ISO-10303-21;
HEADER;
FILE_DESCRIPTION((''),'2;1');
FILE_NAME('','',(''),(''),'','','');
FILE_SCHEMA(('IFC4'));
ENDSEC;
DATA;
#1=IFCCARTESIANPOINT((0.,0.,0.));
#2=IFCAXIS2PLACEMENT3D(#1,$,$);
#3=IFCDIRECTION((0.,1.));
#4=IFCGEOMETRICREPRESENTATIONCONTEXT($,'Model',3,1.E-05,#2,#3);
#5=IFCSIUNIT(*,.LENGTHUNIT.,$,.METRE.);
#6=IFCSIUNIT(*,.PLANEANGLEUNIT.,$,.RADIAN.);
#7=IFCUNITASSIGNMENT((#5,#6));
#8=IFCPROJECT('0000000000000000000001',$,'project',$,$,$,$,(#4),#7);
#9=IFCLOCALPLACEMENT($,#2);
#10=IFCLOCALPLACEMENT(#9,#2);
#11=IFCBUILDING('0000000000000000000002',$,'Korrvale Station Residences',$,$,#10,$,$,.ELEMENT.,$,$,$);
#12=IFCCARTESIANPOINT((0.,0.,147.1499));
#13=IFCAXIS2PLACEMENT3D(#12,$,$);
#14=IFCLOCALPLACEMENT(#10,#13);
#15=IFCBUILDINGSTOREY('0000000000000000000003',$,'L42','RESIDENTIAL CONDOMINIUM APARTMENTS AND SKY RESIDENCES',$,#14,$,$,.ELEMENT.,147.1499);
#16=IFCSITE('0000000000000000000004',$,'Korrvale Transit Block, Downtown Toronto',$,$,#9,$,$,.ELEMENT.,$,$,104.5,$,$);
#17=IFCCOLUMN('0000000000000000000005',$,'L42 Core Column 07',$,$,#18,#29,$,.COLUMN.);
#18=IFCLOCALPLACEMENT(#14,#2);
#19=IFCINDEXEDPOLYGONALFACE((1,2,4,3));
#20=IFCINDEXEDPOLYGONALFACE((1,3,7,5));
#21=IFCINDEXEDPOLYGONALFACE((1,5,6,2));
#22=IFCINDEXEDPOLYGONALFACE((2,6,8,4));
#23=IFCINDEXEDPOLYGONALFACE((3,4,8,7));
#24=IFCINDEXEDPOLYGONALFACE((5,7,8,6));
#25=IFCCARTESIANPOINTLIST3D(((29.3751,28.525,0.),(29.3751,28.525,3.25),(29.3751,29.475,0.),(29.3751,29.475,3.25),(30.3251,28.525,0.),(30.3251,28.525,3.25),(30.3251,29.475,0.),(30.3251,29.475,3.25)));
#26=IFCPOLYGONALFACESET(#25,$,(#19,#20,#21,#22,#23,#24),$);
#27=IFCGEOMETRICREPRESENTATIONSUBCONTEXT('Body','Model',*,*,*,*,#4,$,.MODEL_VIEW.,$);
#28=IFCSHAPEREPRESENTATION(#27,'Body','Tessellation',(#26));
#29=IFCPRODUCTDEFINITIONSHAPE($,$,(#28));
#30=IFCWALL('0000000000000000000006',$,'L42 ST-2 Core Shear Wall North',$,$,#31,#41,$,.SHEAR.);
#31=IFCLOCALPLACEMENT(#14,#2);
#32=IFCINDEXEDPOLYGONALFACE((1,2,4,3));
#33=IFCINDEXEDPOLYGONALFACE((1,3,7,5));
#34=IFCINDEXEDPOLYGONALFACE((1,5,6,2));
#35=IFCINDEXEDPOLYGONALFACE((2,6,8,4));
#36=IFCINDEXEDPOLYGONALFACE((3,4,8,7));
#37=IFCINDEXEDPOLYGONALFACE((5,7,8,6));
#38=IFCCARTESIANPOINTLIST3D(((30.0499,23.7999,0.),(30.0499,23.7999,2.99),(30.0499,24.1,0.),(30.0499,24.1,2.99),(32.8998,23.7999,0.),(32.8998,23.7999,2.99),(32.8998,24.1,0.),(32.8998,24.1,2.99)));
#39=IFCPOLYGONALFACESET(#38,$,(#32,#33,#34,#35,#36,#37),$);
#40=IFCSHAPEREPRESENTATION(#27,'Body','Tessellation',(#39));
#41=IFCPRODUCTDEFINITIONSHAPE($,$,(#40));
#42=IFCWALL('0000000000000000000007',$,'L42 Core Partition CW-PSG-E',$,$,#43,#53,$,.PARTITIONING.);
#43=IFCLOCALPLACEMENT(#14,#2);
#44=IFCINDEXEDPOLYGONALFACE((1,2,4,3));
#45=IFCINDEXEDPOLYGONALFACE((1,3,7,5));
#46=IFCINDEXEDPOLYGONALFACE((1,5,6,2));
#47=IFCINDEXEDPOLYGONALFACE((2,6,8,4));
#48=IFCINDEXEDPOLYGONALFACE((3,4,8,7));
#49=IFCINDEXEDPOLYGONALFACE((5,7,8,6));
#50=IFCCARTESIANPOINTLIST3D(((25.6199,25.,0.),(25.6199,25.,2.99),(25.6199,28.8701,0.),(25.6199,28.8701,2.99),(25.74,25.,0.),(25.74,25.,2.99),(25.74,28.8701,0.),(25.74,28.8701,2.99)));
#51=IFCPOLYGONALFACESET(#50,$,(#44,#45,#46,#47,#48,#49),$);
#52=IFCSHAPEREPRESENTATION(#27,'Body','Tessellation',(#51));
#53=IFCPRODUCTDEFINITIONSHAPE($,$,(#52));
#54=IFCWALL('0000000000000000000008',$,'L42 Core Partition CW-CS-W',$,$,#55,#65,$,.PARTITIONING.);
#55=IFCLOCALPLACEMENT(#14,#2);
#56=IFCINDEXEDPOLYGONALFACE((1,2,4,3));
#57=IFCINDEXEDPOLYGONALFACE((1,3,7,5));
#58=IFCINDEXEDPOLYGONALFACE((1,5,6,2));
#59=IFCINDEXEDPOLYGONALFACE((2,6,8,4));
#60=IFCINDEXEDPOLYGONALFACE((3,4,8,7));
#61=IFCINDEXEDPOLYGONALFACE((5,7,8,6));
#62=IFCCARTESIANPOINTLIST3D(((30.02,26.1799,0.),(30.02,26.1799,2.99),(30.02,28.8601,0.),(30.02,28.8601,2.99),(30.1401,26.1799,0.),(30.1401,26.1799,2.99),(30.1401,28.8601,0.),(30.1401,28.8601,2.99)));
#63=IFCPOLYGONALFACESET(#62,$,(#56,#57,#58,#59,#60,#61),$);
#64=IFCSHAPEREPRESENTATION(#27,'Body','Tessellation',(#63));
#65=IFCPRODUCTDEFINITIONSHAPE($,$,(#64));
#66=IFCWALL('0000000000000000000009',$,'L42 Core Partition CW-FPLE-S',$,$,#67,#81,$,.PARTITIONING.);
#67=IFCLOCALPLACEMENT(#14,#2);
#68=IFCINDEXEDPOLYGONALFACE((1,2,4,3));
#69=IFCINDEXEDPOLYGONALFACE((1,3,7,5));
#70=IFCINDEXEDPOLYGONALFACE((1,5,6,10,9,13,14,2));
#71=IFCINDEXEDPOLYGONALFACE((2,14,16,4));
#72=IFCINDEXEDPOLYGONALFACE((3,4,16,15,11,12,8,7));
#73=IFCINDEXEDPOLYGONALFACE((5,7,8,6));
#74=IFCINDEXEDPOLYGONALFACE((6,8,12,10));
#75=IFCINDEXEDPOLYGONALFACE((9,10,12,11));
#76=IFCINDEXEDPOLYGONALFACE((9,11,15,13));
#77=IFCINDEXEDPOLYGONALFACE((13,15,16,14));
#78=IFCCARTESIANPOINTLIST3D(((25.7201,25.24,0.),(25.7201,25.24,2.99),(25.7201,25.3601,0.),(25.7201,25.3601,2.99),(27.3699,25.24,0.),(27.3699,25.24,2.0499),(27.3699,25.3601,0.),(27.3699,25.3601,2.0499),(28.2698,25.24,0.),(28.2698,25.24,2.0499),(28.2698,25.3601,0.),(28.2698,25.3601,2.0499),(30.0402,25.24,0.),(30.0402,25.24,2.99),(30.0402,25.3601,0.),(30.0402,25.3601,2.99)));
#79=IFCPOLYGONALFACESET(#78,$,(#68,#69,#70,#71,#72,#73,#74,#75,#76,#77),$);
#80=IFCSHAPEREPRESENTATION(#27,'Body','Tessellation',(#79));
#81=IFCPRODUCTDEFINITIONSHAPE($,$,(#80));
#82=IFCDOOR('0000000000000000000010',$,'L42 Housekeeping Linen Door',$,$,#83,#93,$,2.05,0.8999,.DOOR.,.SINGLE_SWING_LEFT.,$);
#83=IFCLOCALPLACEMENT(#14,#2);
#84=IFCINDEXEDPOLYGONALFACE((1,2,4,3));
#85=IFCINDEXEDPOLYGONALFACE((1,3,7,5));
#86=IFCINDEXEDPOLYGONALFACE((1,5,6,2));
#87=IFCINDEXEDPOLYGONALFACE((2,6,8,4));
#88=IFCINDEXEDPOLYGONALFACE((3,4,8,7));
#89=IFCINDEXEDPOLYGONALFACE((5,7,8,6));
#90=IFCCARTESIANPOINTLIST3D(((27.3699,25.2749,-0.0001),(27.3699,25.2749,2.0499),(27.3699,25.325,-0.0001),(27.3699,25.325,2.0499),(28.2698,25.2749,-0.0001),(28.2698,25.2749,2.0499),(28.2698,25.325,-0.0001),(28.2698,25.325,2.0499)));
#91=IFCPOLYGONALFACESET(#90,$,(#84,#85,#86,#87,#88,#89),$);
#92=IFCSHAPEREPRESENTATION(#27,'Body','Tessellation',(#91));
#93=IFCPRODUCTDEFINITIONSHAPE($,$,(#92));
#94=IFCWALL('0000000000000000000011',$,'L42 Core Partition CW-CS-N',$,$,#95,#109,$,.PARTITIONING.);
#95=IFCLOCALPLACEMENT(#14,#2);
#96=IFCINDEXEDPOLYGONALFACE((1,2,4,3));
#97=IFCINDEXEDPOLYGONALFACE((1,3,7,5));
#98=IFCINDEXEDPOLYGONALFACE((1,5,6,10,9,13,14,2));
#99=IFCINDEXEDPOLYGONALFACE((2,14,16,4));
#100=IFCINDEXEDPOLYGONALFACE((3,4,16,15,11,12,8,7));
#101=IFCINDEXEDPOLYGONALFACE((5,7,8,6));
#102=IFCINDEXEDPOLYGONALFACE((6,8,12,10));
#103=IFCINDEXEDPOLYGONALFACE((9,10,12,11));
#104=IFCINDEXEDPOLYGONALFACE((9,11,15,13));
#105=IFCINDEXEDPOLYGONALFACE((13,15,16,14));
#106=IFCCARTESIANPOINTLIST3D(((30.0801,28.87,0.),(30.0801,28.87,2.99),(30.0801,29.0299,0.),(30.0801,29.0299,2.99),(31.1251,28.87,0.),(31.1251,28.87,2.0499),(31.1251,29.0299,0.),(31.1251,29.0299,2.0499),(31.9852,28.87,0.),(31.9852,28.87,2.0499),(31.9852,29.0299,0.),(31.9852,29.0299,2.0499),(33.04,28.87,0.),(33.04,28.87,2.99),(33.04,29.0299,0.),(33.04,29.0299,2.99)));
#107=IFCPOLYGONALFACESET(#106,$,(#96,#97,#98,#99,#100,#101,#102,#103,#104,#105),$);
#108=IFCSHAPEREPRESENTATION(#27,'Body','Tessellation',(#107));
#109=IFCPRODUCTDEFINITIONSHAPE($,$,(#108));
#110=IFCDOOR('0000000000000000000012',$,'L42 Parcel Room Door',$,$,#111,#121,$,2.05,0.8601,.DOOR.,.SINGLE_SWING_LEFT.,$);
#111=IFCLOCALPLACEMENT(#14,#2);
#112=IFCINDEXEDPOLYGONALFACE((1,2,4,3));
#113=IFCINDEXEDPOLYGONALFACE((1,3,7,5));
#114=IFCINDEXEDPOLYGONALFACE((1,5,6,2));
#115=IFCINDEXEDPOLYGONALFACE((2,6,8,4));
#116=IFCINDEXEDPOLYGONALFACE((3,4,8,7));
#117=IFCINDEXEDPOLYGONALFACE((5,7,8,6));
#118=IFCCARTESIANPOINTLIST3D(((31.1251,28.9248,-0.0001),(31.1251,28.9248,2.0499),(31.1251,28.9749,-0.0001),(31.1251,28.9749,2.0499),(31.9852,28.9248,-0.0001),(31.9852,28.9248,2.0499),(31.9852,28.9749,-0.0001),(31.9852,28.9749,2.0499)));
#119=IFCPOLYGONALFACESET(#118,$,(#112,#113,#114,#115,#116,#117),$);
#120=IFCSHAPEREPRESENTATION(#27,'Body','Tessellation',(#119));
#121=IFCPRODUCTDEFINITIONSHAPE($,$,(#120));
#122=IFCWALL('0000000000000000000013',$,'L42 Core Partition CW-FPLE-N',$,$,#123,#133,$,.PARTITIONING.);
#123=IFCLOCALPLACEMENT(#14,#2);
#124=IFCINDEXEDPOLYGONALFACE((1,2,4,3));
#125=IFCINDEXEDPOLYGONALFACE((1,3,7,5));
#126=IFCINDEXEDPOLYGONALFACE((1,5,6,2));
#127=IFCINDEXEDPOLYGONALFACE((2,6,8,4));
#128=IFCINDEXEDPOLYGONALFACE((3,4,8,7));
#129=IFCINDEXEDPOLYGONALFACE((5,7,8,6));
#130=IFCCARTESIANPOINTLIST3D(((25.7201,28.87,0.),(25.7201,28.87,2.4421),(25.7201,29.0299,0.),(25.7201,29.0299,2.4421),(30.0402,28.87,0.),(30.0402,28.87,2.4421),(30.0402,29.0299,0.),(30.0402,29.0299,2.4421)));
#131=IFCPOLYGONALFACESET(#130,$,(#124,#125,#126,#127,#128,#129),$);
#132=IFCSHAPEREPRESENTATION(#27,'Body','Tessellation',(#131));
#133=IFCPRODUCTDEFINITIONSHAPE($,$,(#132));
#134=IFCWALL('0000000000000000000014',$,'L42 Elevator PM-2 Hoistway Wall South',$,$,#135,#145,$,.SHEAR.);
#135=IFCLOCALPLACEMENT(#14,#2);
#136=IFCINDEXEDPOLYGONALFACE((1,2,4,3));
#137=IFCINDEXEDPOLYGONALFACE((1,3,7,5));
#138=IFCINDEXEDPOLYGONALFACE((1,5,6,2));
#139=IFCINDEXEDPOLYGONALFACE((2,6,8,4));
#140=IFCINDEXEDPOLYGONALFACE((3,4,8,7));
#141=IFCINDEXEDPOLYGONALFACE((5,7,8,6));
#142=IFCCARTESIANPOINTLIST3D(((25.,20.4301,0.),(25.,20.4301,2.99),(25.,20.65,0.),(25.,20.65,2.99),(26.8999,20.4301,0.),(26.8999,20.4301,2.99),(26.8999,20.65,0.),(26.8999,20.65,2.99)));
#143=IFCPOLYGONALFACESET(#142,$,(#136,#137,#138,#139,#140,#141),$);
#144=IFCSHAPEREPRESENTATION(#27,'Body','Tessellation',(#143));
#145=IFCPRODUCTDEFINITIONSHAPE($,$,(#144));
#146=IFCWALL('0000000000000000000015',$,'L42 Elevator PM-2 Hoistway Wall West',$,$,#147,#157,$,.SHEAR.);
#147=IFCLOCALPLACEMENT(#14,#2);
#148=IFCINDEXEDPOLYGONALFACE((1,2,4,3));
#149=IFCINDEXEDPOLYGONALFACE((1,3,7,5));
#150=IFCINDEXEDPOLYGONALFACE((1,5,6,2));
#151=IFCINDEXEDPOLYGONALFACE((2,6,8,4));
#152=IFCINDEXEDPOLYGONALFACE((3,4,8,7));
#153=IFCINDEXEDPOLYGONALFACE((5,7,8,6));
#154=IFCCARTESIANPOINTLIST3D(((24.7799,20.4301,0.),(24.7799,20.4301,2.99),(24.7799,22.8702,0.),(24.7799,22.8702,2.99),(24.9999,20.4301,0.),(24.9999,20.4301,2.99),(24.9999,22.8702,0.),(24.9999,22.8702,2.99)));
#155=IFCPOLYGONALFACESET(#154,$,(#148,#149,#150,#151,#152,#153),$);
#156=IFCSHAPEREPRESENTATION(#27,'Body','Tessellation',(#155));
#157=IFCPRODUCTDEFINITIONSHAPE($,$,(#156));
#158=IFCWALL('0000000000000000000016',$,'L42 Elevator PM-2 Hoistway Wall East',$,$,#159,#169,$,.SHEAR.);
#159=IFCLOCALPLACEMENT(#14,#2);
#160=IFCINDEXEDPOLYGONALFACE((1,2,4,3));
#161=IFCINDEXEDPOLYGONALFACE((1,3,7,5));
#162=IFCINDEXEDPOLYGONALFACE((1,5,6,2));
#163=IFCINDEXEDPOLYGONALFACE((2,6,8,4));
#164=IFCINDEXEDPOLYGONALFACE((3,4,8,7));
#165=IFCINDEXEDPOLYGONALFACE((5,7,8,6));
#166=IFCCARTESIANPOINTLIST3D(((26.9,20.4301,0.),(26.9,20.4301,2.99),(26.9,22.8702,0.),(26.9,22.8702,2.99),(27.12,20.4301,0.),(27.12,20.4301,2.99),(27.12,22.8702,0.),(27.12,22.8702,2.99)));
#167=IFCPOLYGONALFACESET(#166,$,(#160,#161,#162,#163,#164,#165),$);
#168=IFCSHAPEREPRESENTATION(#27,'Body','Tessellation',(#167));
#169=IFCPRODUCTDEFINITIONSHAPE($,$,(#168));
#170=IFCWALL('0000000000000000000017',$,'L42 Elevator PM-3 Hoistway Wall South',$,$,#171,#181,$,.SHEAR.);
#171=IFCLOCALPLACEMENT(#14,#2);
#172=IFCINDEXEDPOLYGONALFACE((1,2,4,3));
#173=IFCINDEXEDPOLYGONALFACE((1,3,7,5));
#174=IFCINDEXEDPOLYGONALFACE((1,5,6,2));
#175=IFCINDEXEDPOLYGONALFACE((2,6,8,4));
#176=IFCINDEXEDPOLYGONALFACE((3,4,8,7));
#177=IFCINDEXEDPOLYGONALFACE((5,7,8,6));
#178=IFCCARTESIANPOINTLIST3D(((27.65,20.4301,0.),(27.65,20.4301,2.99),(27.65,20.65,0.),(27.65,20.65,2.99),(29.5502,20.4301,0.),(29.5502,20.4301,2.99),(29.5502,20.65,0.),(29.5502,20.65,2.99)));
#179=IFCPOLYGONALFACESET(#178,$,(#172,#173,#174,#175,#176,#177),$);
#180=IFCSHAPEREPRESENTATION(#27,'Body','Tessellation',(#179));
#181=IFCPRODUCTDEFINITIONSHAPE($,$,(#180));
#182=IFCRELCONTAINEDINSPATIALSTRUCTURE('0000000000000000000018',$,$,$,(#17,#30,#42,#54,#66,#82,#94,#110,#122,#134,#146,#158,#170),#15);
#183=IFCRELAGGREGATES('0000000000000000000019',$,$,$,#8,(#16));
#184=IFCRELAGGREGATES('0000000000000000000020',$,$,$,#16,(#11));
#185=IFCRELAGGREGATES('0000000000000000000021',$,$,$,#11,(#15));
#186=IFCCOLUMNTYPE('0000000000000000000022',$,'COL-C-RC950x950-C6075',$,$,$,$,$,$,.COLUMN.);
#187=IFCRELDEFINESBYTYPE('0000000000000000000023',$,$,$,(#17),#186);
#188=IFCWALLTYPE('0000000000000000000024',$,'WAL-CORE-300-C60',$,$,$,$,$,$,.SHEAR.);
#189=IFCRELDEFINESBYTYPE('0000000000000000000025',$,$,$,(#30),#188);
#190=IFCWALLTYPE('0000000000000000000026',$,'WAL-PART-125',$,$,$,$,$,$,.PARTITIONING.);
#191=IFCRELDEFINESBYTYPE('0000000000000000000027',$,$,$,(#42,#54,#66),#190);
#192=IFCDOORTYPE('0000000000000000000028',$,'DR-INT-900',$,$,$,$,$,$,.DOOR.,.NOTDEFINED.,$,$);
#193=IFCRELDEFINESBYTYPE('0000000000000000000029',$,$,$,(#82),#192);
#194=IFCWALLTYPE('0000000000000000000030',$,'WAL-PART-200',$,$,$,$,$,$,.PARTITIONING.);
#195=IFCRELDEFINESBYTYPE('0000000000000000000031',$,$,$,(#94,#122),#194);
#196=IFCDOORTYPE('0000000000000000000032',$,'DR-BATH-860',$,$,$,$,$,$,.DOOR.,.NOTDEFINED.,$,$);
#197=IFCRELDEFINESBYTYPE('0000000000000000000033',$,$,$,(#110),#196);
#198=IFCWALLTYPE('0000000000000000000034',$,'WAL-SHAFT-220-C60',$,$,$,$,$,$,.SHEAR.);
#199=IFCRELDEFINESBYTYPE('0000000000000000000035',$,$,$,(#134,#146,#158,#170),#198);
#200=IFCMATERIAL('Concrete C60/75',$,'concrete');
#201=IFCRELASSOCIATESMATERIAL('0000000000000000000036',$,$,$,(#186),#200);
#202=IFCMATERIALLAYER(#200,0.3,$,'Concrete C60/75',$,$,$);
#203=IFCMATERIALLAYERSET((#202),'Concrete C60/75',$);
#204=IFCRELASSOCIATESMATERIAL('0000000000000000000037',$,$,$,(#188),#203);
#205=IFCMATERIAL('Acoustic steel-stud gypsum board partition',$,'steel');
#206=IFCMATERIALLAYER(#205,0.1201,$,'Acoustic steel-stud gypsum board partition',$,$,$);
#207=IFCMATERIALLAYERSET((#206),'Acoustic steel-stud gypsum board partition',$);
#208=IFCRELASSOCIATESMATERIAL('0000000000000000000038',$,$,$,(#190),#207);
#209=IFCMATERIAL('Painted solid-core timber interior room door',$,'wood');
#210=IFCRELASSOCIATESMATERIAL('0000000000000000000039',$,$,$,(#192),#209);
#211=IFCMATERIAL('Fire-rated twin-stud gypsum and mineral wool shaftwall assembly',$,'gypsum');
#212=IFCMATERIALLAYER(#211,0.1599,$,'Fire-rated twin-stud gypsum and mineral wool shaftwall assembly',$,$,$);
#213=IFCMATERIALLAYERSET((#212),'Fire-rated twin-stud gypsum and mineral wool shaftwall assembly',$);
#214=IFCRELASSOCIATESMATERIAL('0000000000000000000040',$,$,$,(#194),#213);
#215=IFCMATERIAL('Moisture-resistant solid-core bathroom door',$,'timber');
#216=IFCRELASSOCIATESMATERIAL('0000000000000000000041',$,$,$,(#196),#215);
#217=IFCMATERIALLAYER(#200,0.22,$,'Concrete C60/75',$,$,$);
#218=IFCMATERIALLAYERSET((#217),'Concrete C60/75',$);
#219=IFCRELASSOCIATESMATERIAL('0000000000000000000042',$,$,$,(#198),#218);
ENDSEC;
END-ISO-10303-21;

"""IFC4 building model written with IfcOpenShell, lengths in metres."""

from ifc_helpers import new_model, si_unit, direction, frame, frame_2d, origin, origin_2d, place, context, subcontext, project, spatial, rectangle, extrude, material, layer, layer_set, material_profile, profile_set, type_object, element, fill, save


model = new_model("IFC4")

# Units and contexts
model_context = context("Model", 3, precision=1e-05, world=origin(), true_north=direction((0.0, 1.0)))
body_context = subcontext(model_context, "Body", "Model", "MODEL_VIEW")
ifc_project = project(units=[si_unit("LENGTHUNIT", "METRE"), si_unit("PLANEANGLEUNIT", "RADIAN")], contexts=[model_context])

# Site, building, storey
site_placement = place(None, origin())
site = spatial("IfcSite", under=ifc_project, at=site_placement, Name="Korrvale Transit Block, Downtown Toronto", CompositionType="ELEMENT", RefElevation=104.5)
building_placement = place(site_placement, origin())
building = spatial("IfcBuilding", under=site, at=building_placement, Name="Korrvale Station Residences", CompositionType="ELEMENT")
storey_placement = place(building_placement, frame((0.0, 0.0, 147.1499)))
storey = spatial("IfcBuildingStorey", under=building, at=storey_placement, Name="L42", Description="RESIDENTIAL CONDOMINIUM APARTMENTS AND SKY RESIDENCES", CompositionType="ELEMENT", Elevation=147.1499)

# Column
ifc_material_1 = material(Name="Concrete C60/75", Category="concrete")
ifc_material_profile = material_profile(ifc_material_1, rectangle(XDim=0.95, YDim=0.95, at=origin_2d()), Name="RC950x950")
ifc_profile_set = profile_set([ifc_material_profile], Name="Concrete C60/75")
column_type = type_object("IfcColumnType", Name="COL-C-RC950x950-C6075", PredefinedType="COLUMN", material=ifc_profile_set)
column_placement = place(storey_placement, frame((29.8501, 29.0, 0.0), z_axis=(0.0, 0.0, 1.0), x_axis=(1.0, 0.0, 0.0)))
element("IfcColumn", 1, at=column_placement, inside=storey, type_object=column_type, Name="L42 Core Column 07", PredefinedType="COLUMN", context=body_context, shape_type="SweptSolid", body=[
    extrude(rectangle(XDim=0.95, YDim=0.95, at=origin_2d()), origin(), (0.0, 0.0, 1.0), 3.25),
])

# Walls
ifc_layer_1 = layer(ifc_material_1, 0.3, Name="Concrete C60/75")
ifc_layer_set_1 = layer_set([ifc_layer_1], Name="Concrete C60/75")
wall_type_1 = type_object("IfcWallType", Name="WAL-CORE-300-C60", PredefinedType="SHEAR", material=ifc_layer_set_1)
wall_1_placement = place(storey_placement, frame((30.05, 23.95, 0.0), z_axis=(0.0, 0.0, 1.0), x_axis=(1.0, 0.0, 0.0)))
element("IfcWall", 2, at=wall_1_placement, inside=storey, type_object=wall_type_1, Name="L42 ST-2 Core Shear Wall North", PredefinedType="SHEAR", context=body_context, shape_type="SweptSolid", body=[
    extrude(rectangle(XDim=2.8499, YDim=0.3, at=frame_2d((1.4248, 0.0))), origin(), (0.0, 0.0, 1.0), 2.99),
])
ifc_material_2 = material(Name="Acoustic steel-stud gypsum board partition", Category="steel")
ifc_layer_2 = layer(ifc_material_2, 0.1201, Name="Acoustic steel-stud gypsum board partition")
ifc_layer_set_2 = layer_set([ifc_layer_2], Name="Acoustic steel-stud gypsum board partition")
wall_type_2 = type_object("IfcWallType", Name="WAL-PART-125", PredefinedType="PARTITIONING", material=ifc_layer_set_2)
wall_2_placement = place(storey_placement, frame((25.6799, 25.0, 0.0), z_axis=(0.0, 0.0, 1.0), x_axis=(0.0, 1.0, 0.0)))
element("IfcWall", 3, at=wall_2_placement, inside=storey, type_object=wall_type_2, Name="L42 Core Partition CW-PSG-E", PredefinedType="PARTITIONING", context=body_context, shape_type="SweptSolid", body=[
    extrude(rectangle(XDim=3.8701, YDim=0.1201, at=frame_2d((1.9351, 0.0))), origin(), (0.0, 0.0, 1.0), 2.99),
])
wall_3_placement = place(storey_placement, frame((30.0801, 26.1799, 0.0), z_axis=(0.0, 0.0, 1.0), x_axis=(0.0, 1.0, 0.0)))
element("IfcWall", 4, at=wall_3_placement, inside=storey, type_object=wall_type_2, Name="L42 Core Partition CW-CS-W", PredefinedType="PARTITIONING", context=body_context, shape_type="SweptSolid", body=[
    extrude(rectangle(XDim=2.6802, YDim=0.1201, at=frame_2d((1.3401, 0.0))), origin(), (0.0, 0.0, 1.0), 2.99),
])

# Walls, openings, doors
wall_4_placement = place(storey_placement, frame((25.72, 25.3, 0.0), z_axis=(0.0, 0.0, 1.0), x_axis=(1.0, 0.0, 0.0)))
wall_4 = element("IfcWall", 5, at=wall_4_placement, inside=storey, type_object=wall_type_2, Name="L42 Core Partition CW-FPLE-S", PredefinedType="PARTITIONING", context=body_context, shape_type="SweptSolid", body=[
    extrude(rectangle(XDim=4.3201, YDim=0.1201, at=frame_2d((2.1602, 0.0))), origin(), (0.0, 0.0, 1.0), 2.99),
])
opening_1_placement = place(wall_4_placement, frame((1.6499, 0.0, 0.0)))
opening_1 = element("IfcOpeningElement", 6, at=opening_1_placement, cuts=wall_4, PredefinedType="OPENING", context=body_context, shape_type="SweptSolid", body=[
    extrude(rectangle(XDim=0.8999, YDim=2.05, at=frame_2d((0.45, 1.0249))), frame((0.0, 0.0701, 0.0), z_axis=(0.0, -1.0, 0.0), x_axis=(1.0, 0.0, 0.0)), (0.0, 0.0, 1.0), 0.1401),
])
ifc_material_3 = material(Name="Painted solid-core timber interior room door", Category="wood")
door_type_1 = type_object("IfcDoorType", Name="DR-INT-900", OperationType="NOTDEFINED", PredefinedType="DOOR", material=ifc_material_3)
door_1_placement = place(opening_1_placement, origin())
door_1 = element("IfcDoor", 7, at=door_1_placement, inside=storey, type_object=door_type_1, Name="L42 Housekeeping Linen Door", OperationType="SINGLE_SWING_LEFT", OverallHeight=2.05, OverallWidth=0.8999, PredefinedType="DOOR", context=body_context, shape_type="SweptSolid", body=[
    extrude(rectangle(XDim=0.8999, YDim=2.05, at=frame_2d((0.45, 1.0249))), frame((0.0, 0.0249, 0.0), z_axis=(0.0, -1.0, 0.0), x_axis=(1.0, 0.0, 0.0)), (0.0, 0.0, 1.0), 0.05),
])
fill(opening_1, door_1)
ifc_material_4 = material(Name="Fire-rated twin-stud gypsum and mineral wool shaftwall assembly", Category="gypsum")
ifc_layer_3 = layer(ifc_material_4, 0.1599, Name="Fire-rated twin-stud gypsum and mineral wool shaftwall assembly")
ifc_layer_set_3 = layer_set([ifc_layer_3], Name="Fire-rated twin-stud gypsum and mineral wool shaftwall assembly")
wall_type_3 = type_object("IfcWallType", Name="WAL-PART-200", PredefinedType="PARTITIONING", material=ifc_layer_set_3)
wall_5_placement = place(storey_placement, frame((30.0801, 28.95, 0.0), z_axis=(0.0, 0.0, 1.0), x_axis=(1.0, 0.0, 0.0)))
wall_5 = element("IfcWall", 8, at=wall_5_placement, inside=storey, type_object=wall_type_3, Name="L42 Core Partition CW-CS-N", PredefinedType="PARTITIONING", context=body_context, shape_type="SweptSolid", body=[
    extrude(rectangle(XDim=2.96, YDim=0.1599, at=frame_2d((1.48, 0.0))), origin(), (0.0, 0.0, 1.0), 2.99),
])
opening_2_placement = place(wall_5_placement, frame((1.0449, 0.0, 0.0)))
opening_2 = element("IfcOpeningElement", 9, at=opening_2_placement, cuts=wall_5, PredefinedType="OPENING", context=body_context, shape_type="SweptSolid", body=[
    extrude(rectangle(XDim=0.8601, YDim=2.05, at=frame_2d((0.4302, 1.0249))), frame((0.0, 0.0898, 0.0), z_axis=(0.0, -1.0, 0.0), x_axis=(1.0, 0.0, 0.0)), (0.0, 0.0, 1.0), 0.1799),
])
ifc_material_5 = material(Name="Moisture-resistant solid-core bathroom door", Category="timber")
door_type_2 = type_object("IfcDoorType", Name="DR-BATH-860", OperationType="NOTDEFINED", PredefinedType="DOOR", material=ifc_material_5)
door_2_placement = place(opening_2_placement, origin())
door_2 = element("IfcDoor", 10, at=door_2_placement, inside=storey, type_object=door_type_2, Name="L42 Parcel Room Door", OperationType="SINGLE_SWING_LEFT", OverallHeight=2.05, OverallWidth=0.8601, PredefinedType="DOOR", context=body_context, shape_type="SweptSolid", body=[
    extrude(rectangle(XDim=0.8601, YDim=2.05, at=frame_2d((0.4302, 1.0249))), frame((0.0, 0.0249, 0.0), z_axis=(0.0, -1.0, 0.0), x_axis=(1.0, 0.0, 0.0)), (0.0, 0.0, 1.0), 0.05),
])
fill(opening_2, door_2)

# Walls
wall_6_placement = place(storey_placement, frame((25.72, 28.95, 0.0), z_axis=(0.0, 0.0, 1.0), x_axis=(1.0, 0.0, 0.0)))
element("IfcWall", 11, at=wall_6_placement, inside=storey, type_object=wall_type_3, Name="L42 Core Partition CW-FPLE-N", PredefinedType="PARTITIONING", context=body_context, shape_type="SweptSolid", body=[
    extrude(rectangle(XDim=4.3201, YDim=0.1599, at=frame_2d((2.1602, 0.0))), origin(), (0.0, 0.0, 1.0), 2.4421),
])
ifc_layer_4 = layer(ifc_material_1, 0.22, Name="Concrete C60/75")
ifc_layer_set_4 = layer_set([ifc_layer_4], Name="Concrete C60/75")
wall_type_4 = type_object("IfcWallType", Name="WAL-SHAFT-220-C60", PredefinedType="SHEAR", material=ifc_layer_set_4)
wall_7_placement = place(storey_placement, frame((25.0, 20.54, 0.0), z_axis=(0.0, 0.0, 1.0), x_axis=(1.0, 0.0, 0.0)))
element("IfcWall", 12, at=wall_7_placement, inside=storey, type_object=wall_type_4, Name="L42 Elevator PM-2 Hoistway Wall South", PredefinedType="SHEAR", context=body_context, shape_type="SweptSolid", body=[
    extrude(rectangle(XDim=1.8999, YDim=0.22, at=frame_2d((0.95, 0.0))), origin(), (0.0, 0.0, 1.0), 2.99),
])

# Walls
for number, where, z_axis, x_axis, name in (
    (13, (24.8899, 20.4299, 0.0), (0.0, 0.0, 1.0), (0.0, 1.0, 0.0), "L42 Elevator PM-2 Hoistway Wall West"),
    (14, (27.01, 20.4299, 0.0), (0.0, 0.0, 1.0), (0.0, 1.0, 0.0), "L42 Elevator PM-2 Hoistway Wall East"),
):
    element("IfcWall", number, at=place(storey_placement, frame(where, z_axis=z_axis, x_axis=x_axis)), inside=storey, type_object=wall_type_4, Name=name, PredefinedType="SHEAR", context=body_context, shape_type="SweptSolid", body=[
        extrude(rectangle(XDim=2.4402, YDim=0.22, at=frame_2d((1.2202, 0.0))), origin(), (0.0, 0.0, 1.0), 2.99),
    ])
wall_8_placement = place(storey_placement, frame((27.6499, 20.54, 0.0), z_axis=(0.0, 0.0, 1.0), x_axis=(1.0, 0.0, 0.0)))
element("IfcWall", 15, at=wall_8_placement, inside=storey, type_object=wall_type_4, Name="L42 Elevator PM-3 Hoistway Wall South", PredefinedType="SHEAR", context=body_context, shape_type="SweptSolid", body=[
    extrude(rectangle(XDim=1.9001, YDim=0.22, at=frame_2d((0.9502, 0.0))), origin(), (0.0, 0.0, 1.0), 2.99),
])

save(model, "model.ifc")
